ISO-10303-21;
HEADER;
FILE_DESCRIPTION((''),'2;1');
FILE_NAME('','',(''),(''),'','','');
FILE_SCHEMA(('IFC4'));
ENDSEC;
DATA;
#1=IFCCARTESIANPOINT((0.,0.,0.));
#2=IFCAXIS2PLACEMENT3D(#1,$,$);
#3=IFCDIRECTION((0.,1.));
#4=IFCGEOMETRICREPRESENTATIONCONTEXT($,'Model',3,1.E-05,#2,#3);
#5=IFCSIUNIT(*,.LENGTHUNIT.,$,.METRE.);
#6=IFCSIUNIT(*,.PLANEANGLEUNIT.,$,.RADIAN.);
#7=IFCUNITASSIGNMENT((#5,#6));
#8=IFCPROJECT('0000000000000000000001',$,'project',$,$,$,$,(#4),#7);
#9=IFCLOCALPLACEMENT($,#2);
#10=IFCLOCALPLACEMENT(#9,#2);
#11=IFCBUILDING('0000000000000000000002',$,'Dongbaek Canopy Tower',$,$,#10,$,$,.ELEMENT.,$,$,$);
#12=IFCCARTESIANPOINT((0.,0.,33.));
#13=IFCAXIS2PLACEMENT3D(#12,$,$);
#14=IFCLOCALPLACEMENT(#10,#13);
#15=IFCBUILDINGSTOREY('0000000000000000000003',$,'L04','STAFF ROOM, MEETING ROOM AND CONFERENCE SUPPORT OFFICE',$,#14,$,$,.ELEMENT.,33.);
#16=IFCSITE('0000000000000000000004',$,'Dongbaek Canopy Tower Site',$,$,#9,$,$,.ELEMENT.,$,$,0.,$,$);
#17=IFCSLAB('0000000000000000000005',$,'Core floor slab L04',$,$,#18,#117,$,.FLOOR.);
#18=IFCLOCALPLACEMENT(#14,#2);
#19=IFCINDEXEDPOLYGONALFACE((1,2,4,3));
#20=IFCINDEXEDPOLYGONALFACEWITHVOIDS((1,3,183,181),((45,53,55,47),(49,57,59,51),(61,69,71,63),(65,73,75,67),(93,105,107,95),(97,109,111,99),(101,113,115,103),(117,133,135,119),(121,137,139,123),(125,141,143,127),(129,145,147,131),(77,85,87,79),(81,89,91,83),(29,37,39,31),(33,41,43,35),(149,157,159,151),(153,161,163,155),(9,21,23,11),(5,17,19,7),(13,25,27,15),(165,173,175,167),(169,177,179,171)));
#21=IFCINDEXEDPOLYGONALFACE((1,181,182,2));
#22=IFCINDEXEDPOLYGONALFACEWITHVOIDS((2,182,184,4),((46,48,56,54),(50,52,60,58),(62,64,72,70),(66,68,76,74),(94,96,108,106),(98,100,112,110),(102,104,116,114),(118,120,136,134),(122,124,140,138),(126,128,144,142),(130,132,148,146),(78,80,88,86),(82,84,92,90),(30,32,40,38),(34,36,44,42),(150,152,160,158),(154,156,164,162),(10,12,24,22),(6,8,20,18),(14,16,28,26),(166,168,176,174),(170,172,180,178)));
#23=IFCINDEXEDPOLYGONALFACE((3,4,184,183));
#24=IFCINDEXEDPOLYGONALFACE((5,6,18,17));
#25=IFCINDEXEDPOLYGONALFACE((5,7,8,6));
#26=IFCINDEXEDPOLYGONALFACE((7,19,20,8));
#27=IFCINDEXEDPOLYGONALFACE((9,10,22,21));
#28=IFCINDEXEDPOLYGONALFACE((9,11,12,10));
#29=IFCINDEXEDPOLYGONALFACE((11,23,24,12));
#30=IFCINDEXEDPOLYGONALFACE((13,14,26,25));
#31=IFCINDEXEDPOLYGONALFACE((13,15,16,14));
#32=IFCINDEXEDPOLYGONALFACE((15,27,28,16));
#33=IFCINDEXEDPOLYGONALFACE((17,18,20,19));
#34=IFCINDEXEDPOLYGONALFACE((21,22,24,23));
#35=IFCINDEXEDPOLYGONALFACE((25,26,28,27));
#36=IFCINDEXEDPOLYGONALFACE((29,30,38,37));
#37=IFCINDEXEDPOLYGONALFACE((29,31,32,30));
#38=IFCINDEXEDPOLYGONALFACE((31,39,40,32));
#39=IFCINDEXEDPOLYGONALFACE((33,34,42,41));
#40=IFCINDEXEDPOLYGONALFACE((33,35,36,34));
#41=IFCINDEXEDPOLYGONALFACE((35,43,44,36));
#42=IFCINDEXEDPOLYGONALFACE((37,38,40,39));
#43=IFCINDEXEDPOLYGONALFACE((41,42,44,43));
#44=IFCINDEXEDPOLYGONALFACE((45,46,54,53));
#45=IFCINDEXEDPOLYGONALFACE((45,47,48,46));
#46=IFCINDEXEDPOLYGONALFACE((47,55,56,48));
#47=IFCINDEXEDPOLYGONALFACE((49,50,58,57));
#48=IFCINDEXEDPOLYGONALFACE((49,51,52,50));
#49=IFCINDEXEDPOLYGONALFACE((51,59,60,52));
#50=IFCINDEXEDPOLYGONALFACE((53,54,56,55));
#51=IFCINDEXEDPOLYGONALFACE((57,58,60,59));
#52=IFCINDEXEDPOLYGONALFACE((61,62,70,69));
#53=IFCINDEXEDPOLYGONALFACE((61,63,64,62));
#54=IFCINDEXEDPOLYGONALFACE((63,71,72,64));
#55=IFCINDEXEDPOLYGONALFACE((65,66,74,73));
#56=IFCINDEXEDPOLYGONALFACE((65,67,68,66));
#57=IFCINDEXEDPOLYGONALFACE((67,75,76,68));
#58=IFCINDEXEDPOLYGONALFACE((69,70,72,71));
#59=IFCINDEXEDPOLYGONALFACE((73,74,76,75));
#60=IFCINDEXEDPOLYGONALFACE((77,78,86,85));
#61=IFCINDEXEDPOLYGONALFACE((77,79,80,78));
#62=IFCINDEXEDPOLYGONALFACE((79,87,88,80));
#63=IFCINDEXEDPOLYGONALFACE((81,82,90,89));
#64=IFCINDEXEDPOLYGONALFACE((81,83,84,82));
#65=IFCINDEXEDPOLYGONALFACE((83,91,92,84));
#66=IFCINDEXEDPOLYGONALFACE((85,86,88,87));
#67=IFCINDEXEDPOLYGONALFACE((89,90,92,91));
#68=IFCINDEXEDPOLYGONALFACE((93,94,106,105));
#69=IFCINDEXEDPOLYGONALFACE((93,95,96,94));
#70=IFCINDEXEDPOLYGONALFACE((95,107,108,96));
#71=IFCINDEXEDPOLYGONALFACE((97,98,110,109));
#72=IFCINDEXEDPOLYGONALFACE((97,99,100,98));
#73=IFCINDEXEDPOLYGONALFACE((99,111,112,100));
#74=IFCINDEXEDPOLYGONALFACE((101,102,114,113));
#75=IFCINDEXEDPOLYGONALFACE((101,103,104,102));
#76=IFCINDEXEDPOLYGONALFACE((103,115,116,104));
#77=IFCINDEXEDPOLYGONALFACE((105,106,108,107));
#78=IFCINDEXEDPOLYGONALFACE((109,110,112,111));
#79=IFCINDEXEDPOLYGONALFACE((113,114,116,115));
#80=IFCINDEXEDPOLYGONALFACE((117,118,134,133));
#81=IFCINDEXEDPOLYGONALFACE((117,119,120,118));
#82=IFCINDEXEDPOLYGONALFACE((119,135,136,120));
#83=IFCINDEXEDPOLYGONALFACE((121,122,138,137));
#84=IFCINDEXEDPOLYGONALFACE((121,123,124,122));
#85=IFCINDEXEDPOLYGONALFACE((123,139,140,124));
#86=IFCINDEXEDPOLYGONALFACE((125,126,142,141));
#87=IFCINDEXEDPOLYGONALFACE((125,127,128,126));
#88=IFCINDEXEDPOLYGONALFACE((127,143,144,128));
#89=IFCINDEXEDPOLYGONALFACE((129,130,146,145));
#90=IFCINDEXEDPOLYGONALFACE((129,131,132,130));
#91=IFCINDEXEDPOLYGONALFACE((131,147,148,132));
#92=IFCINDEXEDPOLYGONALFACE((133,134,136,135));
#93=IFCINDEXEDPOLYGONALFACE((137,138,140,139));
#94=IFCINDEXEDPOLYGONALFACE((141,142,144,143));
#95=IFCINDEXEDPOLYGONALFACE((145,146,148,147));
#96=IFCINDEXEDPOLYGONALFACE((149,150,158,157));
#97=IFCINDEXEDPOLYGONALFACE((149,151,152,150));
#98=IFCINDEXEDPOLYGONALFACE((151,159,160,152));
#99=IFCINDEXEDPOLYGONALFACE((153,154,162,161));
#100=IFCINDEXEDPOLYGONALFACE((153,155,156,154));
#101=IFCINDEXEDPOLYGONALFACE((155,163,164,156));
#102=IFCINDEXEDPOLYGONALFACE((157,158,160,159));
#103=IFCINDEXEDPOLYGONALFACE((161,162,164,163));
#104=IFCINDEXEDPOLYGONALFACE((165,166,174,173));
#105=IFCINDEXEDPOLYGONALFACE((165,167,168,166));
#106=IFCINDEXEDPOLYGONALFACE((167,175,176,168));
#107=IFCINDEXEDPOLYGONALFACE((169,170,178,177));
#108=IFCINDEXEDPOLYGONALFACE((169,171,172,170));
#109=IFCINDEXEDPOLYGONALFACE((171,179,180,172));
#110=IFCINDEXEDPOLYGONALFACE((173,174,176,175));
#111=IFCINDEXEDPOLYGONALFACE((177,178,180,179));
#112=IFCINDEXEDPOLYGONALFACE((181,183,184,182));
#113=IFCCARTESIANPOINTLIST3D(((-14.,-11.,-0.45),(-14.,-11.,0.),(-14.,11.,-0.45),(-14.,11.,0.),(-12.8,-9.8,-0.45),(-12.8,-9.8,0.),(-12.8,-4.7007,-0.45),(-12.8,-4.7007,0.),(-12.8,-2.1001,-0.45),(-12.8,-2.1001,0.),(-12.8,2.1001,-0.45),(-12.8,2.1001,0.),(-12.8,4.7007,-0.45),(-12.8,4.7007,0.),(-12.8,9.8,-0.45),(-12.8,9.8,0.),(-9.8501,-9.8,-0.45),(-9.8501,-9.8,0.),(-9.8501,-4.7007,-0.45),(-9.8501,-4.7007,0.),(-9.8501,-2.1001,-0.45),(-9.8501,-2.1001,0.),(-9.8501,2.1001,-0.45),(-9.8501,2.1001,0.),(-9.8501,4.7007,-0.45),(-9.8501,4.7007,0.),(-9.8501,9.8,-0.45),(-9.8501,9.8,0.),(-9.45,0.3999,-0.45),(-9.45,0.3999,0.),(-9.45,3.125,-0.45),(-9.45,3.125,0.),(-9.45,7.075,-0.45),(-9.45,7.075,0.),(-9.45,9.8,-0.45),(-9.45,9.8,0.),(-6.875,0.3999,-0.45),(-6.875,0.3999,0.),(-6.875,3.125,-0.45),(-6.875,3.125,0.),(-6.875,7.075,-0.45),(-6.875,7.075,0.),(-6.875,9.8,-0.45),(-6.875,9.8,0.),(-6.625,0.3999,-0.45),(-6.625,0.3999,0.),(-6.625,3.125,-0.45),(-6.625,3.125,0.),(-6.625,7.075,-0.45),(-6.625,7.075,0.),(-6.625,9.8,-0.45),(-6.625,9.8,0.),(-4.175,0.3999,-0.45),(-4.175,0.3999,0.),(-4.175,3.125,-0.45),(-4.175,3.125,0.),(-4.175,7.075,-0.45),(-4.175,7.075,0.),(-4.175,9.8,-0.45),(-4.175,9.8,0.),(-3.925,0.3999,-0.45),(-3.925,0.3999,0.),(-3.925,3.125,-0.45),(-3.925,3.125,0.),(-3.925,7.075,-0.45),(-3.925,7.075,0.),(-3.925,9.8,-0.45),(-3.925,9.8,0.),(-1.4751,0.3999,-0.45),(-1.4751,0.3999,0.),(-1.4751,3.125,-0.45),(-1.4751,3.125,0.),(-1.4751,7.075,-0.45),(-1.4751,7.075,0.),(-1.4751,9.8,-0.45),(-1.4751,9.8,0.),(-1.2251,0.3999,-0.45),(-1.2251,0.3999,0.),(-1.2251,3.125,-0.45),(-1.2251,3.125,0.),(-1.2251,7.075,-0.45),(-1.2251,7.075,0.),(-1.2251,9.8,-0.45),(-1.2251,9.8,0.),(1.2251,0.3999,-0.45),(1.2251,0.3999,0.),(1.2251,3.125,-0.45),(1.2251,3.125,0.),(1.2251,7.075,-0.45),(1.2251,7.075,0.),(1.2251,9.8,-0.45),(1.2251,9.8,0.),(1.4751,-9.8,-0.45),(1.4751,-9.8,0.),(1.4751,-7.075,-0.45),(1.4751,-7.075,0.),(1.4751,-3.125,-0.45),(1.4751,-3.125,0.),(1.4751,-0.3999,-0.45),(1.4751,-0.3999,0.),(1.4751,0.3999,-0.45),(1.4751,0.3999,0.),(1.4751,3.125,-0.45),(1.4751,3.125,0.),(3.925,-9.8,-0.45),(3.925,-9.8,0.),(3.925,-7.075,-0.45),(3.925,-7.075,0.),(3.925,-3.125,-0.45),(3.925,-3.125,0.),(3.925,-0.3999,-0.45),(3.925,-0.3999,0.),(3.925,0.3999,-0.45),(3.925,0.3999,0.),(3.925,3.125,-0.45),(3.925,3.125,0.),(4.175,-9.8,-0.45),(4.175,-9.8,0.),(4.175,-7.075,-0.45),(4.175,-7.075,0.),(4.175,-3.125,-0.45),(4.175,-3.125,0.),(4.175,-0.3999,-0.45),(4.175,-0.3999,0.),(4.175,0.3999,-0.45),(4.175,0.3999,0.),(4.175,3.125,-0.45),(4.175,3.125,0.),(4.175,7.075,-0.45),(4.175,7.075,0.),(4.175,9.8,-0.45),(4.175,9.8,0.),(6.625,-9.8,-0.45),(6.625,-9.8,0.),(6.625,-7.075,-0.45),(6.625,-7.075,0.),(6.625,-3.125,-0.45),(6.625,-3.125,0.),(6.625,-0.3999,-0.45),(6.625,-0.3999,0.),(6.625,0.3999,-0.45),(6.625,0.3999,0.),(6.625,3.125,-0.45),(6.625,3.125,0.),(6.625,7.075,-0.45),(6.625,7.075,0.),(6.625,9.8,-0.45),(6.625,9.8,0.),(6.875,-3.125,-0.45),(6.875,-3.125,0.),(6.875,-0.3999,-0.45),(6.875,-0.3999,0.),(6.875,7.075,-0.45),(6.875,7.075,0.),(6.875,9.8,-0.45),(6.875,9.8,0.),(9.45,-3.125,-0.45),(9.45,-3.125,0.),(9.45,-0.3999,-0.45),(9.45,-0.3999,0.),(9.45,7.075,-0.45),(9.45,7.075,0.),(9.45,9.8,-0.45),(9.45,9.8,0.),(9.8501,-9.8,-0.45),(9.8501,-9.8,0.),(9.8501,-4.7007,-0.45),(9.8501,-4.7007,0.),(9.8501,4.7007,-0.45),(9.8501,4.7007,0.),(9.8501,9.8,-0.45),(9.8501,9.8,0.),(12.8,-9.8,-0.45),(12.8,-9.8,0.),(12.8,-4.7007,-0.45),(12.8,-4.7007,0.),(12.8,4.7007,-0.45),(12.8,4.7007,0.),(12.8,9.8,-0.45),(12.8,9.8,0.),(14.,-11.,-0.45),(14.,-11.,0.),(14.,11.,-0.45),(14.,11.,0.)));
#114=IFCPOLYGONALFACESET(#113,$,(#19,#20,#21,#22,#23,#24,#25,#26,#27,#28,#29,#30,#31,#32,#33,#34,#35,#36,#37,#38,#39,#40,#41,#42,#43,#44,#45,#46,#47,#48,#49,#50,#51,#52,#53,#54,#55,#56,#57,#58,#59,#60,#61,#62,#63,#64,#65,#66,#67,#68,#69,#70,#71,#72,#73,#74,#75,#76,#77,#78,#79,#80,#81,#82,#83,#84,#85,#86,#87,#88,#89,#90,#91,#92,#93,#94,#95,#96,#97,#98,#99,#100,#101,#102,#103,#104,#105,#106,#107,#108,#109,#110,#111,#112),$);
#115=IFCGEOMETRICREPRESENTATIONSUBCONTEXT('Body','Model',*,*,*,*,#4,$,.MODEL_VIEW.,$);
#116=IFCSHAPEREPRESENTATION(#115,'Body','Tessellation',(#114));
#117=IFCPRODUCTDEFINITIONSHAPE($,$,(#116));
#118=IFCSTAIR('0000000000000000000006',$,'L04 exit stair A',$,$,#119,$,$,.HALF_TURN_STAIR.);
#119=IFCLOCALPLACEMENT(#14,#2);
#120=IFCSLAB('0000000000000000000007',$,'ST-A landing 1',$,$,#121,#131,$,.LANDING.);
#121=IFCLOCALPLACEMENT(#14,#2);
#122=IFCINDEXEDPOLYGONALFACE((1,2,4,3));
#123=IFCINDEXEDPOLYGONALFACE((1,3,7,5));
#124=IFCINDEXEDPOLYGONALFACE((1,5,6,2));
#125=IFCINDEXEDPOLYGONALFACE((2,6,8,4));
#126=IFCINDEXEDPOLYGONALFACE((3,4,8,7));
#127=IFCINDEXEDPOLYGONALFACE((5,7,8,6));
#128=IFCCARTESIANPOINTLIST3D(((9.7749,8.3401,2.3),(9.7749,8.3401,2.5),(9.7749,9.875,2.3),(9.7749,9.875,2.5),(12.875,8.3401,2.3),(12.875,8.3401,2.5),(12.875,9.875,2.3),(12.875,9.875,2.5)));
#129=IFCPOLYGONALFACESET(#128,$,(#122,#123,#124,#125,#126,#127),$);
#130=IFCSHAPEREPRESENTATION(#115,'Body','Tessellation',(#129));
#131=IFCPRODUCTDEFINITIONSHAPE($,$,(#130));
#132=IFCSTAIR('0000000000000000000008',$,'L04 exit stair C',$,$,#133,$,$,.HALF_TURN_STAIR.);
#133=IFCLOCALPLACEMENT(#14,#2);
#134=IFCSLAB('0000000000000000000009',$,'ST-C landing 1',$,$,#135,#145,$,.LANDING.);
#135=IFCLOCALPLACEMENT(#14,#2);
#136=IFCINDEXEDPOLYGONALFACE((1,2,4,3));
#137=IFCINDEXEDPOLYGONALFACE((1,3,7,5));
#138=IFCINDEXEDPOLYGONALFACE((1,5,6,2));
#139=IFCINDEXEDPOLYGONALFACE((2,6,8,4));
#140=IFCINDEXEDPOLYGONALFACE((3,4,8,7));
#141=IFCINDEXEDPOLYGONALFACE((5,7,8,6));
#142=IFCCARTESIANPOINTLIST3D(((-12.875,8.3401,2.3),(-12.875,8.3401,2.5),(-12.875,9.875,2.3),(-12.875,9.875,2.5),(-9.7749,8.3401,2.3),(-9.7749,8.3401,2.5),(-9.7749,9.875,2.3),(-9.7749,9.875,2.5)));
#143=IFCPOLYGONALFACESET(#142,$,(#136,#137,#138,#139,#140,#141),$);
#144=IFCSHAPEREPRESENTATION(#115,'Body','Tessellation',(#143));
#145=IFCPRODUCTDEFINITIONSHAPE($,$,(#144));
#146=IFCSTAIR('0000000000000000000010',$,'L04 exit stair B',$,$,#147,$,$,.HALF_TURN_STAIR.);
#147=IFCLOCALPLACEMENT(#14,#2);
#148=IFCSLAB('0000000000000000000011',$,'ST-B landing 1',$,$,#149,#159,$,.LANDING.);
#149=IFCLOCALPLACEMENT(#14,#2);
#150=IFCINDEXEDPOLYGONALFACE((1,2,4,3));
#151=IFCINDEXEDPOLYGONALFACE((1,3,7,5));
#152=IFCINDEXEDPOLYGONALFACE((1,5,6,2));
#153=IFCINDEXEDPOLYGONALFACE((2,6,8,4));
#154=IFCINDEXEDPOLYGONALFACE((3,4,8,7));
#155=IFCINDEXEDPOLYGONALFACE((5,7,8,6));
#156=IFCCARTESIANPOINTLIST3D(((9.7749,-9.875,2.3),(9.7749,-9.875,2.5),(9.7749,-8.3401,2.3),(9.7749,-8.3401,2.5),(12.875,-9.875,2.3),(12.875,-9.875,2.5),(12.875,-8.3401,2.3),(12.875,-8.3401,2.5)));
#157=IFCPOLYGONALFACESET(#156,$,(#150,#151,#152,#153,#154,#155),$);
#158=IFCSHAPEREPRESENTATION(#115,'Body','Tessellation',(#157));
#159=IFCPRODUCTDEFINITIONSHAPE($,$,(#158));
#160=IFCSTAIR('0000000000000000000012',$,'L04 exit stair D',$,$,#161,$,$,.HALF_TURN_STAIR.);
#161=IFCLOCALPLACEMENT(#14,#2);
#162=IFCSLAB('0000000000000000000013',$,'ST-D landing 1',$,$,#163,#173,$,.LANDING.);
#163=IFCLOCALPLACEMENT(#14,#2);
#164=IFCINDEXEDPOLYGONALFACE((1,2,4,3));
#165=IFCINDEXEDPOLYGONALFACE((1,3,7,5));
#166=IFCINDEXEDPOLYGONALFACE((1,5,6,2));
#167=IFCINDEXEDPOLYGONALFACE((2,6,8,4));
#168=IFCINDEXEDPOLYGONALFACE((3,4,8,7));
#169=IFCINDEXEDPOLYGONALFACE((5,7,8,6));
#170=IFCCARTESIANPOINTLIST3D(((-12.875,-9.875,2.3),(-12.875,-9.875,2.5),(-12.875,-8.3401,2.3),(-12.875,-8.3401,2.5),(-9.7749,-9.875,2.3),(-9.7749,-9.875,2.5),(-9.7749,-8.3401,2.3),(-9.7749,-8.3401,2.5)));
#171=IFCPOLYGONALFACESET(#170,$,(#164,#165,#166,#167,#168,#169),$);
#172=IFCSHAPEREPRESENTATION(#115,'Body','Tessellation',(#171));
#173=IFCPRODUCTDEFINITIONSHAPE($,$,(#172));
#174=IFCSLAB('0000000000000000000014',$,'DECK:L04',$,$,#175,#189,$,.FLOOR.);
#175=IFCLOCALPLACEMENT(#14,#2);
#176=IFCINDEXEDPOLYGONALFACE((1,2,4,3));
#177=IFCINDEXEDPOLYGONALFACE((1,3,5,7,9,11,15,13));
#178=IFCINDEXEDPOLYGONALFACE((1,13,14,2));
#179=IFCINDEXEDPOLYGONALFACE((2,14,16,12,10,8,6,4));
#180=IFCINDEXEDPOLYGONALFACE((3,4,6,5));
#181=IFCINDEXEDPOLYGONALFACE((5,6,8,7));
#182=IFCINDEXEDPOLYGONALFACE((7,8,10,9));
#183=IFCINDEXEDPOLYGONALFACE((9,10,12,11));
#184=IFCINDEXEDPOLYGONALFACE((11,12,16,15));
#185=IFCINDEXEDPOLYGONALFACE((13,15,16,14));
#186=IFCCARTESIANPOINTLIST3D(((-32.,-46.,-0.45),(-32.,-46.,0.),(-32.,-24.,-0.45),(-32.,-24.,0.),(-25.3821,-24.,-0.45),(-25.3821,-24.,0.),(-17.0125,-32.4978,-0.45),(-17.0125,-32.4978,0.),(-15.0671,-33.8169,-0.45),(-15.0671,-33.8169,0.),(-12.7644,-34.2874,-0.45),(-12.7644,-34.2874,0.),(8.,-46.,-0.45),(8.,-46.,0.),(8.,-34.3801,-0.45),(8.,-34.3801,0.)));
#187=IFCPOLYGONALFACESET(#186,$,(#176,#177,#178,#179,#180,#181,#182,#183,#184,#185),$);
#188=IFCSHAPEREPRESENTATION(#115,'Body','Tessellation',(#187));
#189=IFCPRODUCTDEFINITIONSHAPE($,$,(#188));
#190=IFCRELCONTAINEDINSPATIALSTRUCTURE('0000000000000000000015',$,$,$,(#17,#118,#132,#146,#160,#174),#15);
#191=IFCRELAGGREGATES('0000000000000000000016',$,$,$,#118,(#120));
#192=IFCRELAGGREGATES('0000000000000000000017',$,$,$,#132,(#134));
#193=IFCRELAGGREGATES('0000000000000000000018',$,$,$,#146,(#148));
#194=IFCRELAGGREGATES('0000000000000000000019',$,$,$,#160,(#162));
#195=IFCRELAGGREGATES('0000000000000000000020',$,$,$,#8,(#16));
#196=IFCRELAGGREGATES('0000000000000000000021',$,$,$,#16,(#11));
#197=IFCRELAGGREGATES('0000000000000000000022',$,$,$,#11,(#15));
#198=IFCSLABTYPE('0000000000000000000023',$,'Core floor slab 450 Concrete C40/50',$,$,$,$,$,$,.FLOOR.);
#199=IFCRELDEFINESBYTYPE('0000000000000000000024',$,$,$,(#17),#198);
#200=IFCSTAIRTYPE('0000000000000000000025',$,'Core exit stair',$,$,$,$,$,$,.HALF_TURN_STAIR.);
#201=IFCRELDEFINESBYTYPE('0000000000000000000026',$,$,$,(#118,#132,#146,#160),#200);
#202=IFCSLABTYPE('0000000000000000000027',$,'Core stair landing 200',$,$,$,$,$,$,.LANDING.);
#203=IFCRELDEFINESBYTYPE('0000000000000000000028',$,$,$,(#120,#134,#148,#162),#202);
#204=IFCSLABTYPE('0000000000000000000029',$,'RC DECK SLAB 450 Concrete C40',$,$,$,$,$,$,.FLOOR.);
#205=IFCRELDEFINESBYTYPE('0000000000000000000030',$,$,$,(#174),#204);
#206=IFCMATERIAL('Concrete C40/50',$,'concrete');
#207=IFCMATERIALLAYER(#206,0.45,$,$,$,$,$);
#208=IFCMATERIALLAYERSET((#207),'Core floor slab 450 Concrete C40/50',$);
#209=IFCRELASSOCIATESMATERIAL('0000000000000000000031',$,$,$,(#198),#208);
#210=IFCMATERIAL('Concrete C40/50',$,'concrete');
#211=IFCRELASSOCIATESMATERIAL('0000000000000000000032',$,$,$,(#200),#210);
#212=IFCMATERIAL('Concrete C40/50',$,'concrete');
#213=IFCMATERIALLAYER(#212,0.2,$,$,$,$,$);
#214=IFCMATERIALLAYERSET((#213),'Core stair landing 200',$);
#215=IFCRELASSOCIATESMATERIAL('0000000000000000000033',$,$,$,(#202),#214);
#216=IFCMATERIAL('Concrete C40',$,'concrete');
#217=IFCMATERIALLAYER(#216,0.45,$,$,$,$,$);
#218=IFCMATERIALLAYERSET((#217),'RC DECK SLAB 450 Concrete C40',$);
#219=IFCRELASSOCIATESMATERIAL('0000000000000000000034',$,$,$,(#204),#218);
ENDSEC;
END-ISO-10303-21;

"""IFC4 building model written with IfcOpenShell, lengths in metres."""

from ifc_helpers import new_model, si_unit, direction, frame, origin, place, context, subcontext, project, spatial, polyline, outline, extrude, material, layer, layer_set, type_object, element, aggregate, save


model = new_model("IFC4")

# Units and contexts
model_context = context("Model", 3, precision=1e-05, world=origin(), true_north=direction((0.0, 1.0)))
body_context = subcontext(model_context, "Body", "Model", "MODEL_VIEW")
ifc_project = project(units=[si_unit("LENGTHUNIT", "METRE"), si_unit("PLANEANGLEUNIT", "RADIAN")], contexts=[model_context])

# Site, building, storey
site_placement = place(None, origin())
site = spatial("IfcSite", under=ifc_project, at=site_placement, Name="Dongbaek Canopy Tower Site", CompositionType="ELEMENT", RefElevation=0.0)
building_placement = place(site_placement, origin())
building = spatial("IfcBuilding", under=site, at=building_placement, Name="Dongbaek Canopy Tower", CompositionType="ELEMENT")
storey_placement = place(building_placement, frame((0.0, 0.0, 33.0)))
storey = spatial("IfcBuildingStorey", under=building, at=storey_placement, Name="L04", Description="STAFF ROOM, MEETING ROOM AND CONFERENCE SUPPORT OFFICE", CompositionType="ELEMENT", Elevation=33.0)

# Slab
ifc_material_1 = material(Name="Concrete C40/50", Category="concrete")
ifc_layer_1 = layer(ifc_material_1, 0.45)
ifc_layer_set_1 = layer_set([ifc_layer_1], Name="Core floor slab 450 Concrete C40/50")
slab_type_1 = type_object("IfcSlabType", Name="Core floor slab 450 Concrete C40/50", PredefinedType="FLOOR", material=ifc_layer_set_1)
slab_1_placement = place(storey_placement, frame((0.0, 0.0, -0.45)))
element("IfcSlab", 1, at=slab_1_placement, inside=storey, type_object=slab_type_1, Name="Core floor slab L04", PredefinedType="FLOOR", context=body_context, shape_type="SweptSolid", body=[
    extrude(outline(polyline([(14.0, -11.0), (14.0, 11.0), (-14.0, 11.0), (-14.0, -11.0), (14.0, -11.0)]), holes=[polyline([(-12.8, 2.1001), (-9.8501, 2.1001), (-9.8501, -2.1001), (-12.8, -2.1001), (-12.8, 2.1001)]), polyline([(-6.875, 9.8), (-6.875, 7.075), (-9.45, 7.075), (-9.45, 9.8), (-6.875, 9.8)]), polyline([(-4.175, 9.8), (-4.175, 7.075), (-6.625, 7.075), (-6.625, 9.8), (-4.175, 9.8)]), polyline([(-1.4751, 9.8), (-1.4751, 7.075), (-3.925, 7.075), (-3.925, 9.8), (-1.4751, 9.8)]), polyline([(1.2251, 9.8), (1.2251, 7.075), (-1.2251, 7.075), (-1.2251, 9.8), (1.2251, 9.8)]), polyline([(6.625, 9.8), (6.625, 7.075), (4.175, 7.075), (4.175, 9.8), (6.625, 9.8)]), polyline([(9.45, 7.075), (6.875, 7.075), (6.875, 9.8), (9.45, 9.8), (9.45, 7.075)]), polyline([(-9.45, 3.125), (-6.875, 3.125), (-6.875, 0.3999), (-9.45, 0.3999), (-9.45, 3.125)]), polyline([(-6.625, 3.125), (-4.175, 3.125), (-4.175, 0.3999), (-6.625, 0.3999), (-6.625, 3.125)]), polyline([(-3.925, 3.125), (-1.4751, 3.125), (-1.4751, 0.3999), (-3.925, 0.3999), (-3.925, 3.125)]), polyline([(-1.2251, 3.125), (1.2251, 3.125), (1.2251, 0.3999), (-1.2251, 0.3999), (-1.2251, 3.125)]), polyline([(1.4751, 0.3999), (1.4751, 3.125), (3.925, 3.125), (3.925, 0.3999), (1.4751, 0.3999)]), polyline([(4.175, 0.3999), (4.175, 3.125), (6.625, 3.125), (6.625, 0.3999), (4.175, 0.3999)]), polyline([(3.925, -0.3999), (3.925, -3.125), (1.4751, -3.125), (1.4751, -0.3999), (3.925, -0.3999)]), polyline([(6.625, -0.3999), (6.625, -3.125), (4.175, -3.125), (4.175, -0.3999), (6.625, -0.3999)]), polyline([(9.45, -3.125), (6.875, -3.125), (6.875, -0.3999), (9.45, -0.3999), (9.45, -3.125)]), polyline([(1.4751, -9.8), (1.4751, -7.075), (3.925, -7.075), (3.925, -9.8), (1.4751, -9.8)]), polyline([(4.175, -9.8), (4.175, -7.075), (6.625, -7.075), (6.625, -9.8), (4.175, -9.8)]), polyline([(12.8, 4.7007), (12.8, 9.8), (9.8501, 9.8), (9.8501, 4.7007), (12.8, 4.7007)]), polyline([(-9.8501, 4.7007), (-9.8501, 9.8), (-12.8, 9.8), (-12.8, 4.7007), (-9.8501, 4.7007)]), polyline([(9.8501, -4.7007), (9.8501, -9.8), (12.8, -9.8), (12.8, -4.7007), (9.8501, -4.7007)]), polyline([(-12.8, -4.7007), (-12.8, -9.8), (-9.8501, -9.8), (-9.8501, -4.7007), (-12.8, -4.7007)])]), origin(), (0.0, 0.0, 1.0), 0.45),
])

# Stairs, slabs
ifc_material_2 = material(Name="Concrete C40/50", Category="concrete")
stair_type = type_object("IfcStairType", Name="Core exit stair", PredefinedType="HALF_TURN_STAIR", material=ifc_material_2)
stair_1_placement = place(storey_placement, origin())
stair_1 = element("IfcStair", 2, at=stair_1_placement, inside=storey, type_object=stair_type, Name="L04 exit stair A", PredefinedType="HALF_TURN_STAIR")
ifc_material_3 = material(Name="Concrete C40/50", Category="concrete")
ifc_layer_2 = layer(ifc_material_3, 0.2)
ifc_layer_set_2 = layer_set([ifc_layer_2], Name="Core stair landing 200")
slab_type_2 = type_object("IfcSlabType", Name="Core stair landing 200", PredefinedType="LANDING", material=ifc_layer_set_2)
slab_2_placement = place(storey_placement, frame((0.0, 0.0, 2.3)))
slab_2 = element("IfcSlab", 3, at=slab_2_placement, type_object=slab_type_2, Name="ST-A landing 1", PredefinedType="LANDING", context=body_context, shape_type="SweptSolid", body=[
    extrude(outline(polyline([(12.875, 8.3401), (12.875, 9.875), (9.7749, 9.875), (9.7749, 8.3401), (12.875, 8.3401)])), origin(), (0.0, 0.0, 1.0), 0.2),
])
aggregate(stair_1, [slab_2])
stair_2_placement = place(storey_placement, origin())
stair_2 = element("IfcStair", 4, at=stair_2_placement, inside=storey, type_object=stair_type, Name="L04 exit stair C", PredefinedType="HALF_TURN_STAIR")
slab_3_placement = place(storey_placement, frame((0.0, 0.0, 2.3)))
slab_3 = element("IfcSlab", 5, at=slab_3_placement, type_object=slab_type_2, Name="ST-C landing 1", PredefinedType="LANDING", context=body_context, shape_type="SweptSolid", body=[
    extrude(outline(polyline([(-9.7749, 8.3401), (-9.7749, 9.875), (-12.875, 9.875), (-12.875, 8.3401), (-9.7749, 8.3401)])), origin(), (0.0, 0.0, 1.0), 0.2),
])
aggregate(stair_2, [slab_3])
stair_3_placement = place(storey_placement, origin())
stair_3 = element("IfcStair", 6, at=stair_3_placement, inside=storey, type_object=stair_type, Name="L04 exit stair B", PredefinedType="HALF_TURN_STAIR")
slab_4_placement = place(storey_placement, frame((0.0, 0.0, 2.3)))
slab_4 = element("IfcSlab", 7, at=slab_4_placement, type_object=slab_type_2, Name="ST-B landing 1", PredefinedType="LANDING", context=body_context, shape_type="SweptSolid", body=[
    extrude(outline(polyline([(9.7749, -8.3401), (9.7749, -9.875), (12.875, -9.875), (12.875, -8.3401), (9.7749, -8.3401)])), origin(), (0.0, 0.0, 1.0), 0.2),
])
aggregate(stair_3, [slab_4])
stair_4_placement = place(storey_placement, origin())
stair_4 = element("IfcStair", 8, at=stair_4_placement, inside=storey, type_object=stair_type, Name="L04 exit stair D", PredefinedType="HALF_TURN_STAIR")
slab_5_placement = place(storey_placement, frame((0.0, 0.0, 2.3)))
slab_5 = element("IfcSlab", 9, at=slab_5_placement, type_object=slab_type_2, Name="ST-D landing 1", PredefinedType="LANDING", context=body_context, shape_type="SweptSolid", body=[
    extrude(outline(polyline([(-12.875, -8.3401), (-12.875, -9.875), (-9.7749, -9.875), (-9.7749, -8.3401), (-12.875, -8.3401)])), origin(), (0.0, 0.0, 1.0), 0.2),
])
aggregate(stair_4, [slab_5])

# Slab
ifc_material_4 = material(Name="Concrete C40", Category="concrete")
ifc_layer_3 = layer(ifc_material_4, 0.45)
ifc_layer_set_3 = layer_set([ifc_layer_3], Name="RC DECK SLAB 450 Concrete C40")
slab_type_3 = type_object("IfcSlabType", Name="RC DECK SLAB 450 Concrete C40", PredefinedType="FLOOR", material=ifc_layer_set_3)
slab_6_placement = place(storey_placement, frame((0.0, 0.0, -0.45)))
element("IfcSlab", 10, at=slab_6_placement, inside=storey, type_object=slab_type_3, Name="DECK:L04", PredefinedType="FLOOR", context=body_context, shape_type="SweptSolid", body=[
    extrude(outline(polyline([(8.0, -34.3801), (-12.7644, -34.2874), (-15.0671, -33.8169), (-17.0125, -32.4978), (-25.3821, -24.0), (-32.0, -24.0), (-32.0, -46.0), (8.0, -46.0), (8.0, -34.3801)])), origin(), (0.0, 0.0, 1.0), 0.45),
])

save(model, "model.ifc")
